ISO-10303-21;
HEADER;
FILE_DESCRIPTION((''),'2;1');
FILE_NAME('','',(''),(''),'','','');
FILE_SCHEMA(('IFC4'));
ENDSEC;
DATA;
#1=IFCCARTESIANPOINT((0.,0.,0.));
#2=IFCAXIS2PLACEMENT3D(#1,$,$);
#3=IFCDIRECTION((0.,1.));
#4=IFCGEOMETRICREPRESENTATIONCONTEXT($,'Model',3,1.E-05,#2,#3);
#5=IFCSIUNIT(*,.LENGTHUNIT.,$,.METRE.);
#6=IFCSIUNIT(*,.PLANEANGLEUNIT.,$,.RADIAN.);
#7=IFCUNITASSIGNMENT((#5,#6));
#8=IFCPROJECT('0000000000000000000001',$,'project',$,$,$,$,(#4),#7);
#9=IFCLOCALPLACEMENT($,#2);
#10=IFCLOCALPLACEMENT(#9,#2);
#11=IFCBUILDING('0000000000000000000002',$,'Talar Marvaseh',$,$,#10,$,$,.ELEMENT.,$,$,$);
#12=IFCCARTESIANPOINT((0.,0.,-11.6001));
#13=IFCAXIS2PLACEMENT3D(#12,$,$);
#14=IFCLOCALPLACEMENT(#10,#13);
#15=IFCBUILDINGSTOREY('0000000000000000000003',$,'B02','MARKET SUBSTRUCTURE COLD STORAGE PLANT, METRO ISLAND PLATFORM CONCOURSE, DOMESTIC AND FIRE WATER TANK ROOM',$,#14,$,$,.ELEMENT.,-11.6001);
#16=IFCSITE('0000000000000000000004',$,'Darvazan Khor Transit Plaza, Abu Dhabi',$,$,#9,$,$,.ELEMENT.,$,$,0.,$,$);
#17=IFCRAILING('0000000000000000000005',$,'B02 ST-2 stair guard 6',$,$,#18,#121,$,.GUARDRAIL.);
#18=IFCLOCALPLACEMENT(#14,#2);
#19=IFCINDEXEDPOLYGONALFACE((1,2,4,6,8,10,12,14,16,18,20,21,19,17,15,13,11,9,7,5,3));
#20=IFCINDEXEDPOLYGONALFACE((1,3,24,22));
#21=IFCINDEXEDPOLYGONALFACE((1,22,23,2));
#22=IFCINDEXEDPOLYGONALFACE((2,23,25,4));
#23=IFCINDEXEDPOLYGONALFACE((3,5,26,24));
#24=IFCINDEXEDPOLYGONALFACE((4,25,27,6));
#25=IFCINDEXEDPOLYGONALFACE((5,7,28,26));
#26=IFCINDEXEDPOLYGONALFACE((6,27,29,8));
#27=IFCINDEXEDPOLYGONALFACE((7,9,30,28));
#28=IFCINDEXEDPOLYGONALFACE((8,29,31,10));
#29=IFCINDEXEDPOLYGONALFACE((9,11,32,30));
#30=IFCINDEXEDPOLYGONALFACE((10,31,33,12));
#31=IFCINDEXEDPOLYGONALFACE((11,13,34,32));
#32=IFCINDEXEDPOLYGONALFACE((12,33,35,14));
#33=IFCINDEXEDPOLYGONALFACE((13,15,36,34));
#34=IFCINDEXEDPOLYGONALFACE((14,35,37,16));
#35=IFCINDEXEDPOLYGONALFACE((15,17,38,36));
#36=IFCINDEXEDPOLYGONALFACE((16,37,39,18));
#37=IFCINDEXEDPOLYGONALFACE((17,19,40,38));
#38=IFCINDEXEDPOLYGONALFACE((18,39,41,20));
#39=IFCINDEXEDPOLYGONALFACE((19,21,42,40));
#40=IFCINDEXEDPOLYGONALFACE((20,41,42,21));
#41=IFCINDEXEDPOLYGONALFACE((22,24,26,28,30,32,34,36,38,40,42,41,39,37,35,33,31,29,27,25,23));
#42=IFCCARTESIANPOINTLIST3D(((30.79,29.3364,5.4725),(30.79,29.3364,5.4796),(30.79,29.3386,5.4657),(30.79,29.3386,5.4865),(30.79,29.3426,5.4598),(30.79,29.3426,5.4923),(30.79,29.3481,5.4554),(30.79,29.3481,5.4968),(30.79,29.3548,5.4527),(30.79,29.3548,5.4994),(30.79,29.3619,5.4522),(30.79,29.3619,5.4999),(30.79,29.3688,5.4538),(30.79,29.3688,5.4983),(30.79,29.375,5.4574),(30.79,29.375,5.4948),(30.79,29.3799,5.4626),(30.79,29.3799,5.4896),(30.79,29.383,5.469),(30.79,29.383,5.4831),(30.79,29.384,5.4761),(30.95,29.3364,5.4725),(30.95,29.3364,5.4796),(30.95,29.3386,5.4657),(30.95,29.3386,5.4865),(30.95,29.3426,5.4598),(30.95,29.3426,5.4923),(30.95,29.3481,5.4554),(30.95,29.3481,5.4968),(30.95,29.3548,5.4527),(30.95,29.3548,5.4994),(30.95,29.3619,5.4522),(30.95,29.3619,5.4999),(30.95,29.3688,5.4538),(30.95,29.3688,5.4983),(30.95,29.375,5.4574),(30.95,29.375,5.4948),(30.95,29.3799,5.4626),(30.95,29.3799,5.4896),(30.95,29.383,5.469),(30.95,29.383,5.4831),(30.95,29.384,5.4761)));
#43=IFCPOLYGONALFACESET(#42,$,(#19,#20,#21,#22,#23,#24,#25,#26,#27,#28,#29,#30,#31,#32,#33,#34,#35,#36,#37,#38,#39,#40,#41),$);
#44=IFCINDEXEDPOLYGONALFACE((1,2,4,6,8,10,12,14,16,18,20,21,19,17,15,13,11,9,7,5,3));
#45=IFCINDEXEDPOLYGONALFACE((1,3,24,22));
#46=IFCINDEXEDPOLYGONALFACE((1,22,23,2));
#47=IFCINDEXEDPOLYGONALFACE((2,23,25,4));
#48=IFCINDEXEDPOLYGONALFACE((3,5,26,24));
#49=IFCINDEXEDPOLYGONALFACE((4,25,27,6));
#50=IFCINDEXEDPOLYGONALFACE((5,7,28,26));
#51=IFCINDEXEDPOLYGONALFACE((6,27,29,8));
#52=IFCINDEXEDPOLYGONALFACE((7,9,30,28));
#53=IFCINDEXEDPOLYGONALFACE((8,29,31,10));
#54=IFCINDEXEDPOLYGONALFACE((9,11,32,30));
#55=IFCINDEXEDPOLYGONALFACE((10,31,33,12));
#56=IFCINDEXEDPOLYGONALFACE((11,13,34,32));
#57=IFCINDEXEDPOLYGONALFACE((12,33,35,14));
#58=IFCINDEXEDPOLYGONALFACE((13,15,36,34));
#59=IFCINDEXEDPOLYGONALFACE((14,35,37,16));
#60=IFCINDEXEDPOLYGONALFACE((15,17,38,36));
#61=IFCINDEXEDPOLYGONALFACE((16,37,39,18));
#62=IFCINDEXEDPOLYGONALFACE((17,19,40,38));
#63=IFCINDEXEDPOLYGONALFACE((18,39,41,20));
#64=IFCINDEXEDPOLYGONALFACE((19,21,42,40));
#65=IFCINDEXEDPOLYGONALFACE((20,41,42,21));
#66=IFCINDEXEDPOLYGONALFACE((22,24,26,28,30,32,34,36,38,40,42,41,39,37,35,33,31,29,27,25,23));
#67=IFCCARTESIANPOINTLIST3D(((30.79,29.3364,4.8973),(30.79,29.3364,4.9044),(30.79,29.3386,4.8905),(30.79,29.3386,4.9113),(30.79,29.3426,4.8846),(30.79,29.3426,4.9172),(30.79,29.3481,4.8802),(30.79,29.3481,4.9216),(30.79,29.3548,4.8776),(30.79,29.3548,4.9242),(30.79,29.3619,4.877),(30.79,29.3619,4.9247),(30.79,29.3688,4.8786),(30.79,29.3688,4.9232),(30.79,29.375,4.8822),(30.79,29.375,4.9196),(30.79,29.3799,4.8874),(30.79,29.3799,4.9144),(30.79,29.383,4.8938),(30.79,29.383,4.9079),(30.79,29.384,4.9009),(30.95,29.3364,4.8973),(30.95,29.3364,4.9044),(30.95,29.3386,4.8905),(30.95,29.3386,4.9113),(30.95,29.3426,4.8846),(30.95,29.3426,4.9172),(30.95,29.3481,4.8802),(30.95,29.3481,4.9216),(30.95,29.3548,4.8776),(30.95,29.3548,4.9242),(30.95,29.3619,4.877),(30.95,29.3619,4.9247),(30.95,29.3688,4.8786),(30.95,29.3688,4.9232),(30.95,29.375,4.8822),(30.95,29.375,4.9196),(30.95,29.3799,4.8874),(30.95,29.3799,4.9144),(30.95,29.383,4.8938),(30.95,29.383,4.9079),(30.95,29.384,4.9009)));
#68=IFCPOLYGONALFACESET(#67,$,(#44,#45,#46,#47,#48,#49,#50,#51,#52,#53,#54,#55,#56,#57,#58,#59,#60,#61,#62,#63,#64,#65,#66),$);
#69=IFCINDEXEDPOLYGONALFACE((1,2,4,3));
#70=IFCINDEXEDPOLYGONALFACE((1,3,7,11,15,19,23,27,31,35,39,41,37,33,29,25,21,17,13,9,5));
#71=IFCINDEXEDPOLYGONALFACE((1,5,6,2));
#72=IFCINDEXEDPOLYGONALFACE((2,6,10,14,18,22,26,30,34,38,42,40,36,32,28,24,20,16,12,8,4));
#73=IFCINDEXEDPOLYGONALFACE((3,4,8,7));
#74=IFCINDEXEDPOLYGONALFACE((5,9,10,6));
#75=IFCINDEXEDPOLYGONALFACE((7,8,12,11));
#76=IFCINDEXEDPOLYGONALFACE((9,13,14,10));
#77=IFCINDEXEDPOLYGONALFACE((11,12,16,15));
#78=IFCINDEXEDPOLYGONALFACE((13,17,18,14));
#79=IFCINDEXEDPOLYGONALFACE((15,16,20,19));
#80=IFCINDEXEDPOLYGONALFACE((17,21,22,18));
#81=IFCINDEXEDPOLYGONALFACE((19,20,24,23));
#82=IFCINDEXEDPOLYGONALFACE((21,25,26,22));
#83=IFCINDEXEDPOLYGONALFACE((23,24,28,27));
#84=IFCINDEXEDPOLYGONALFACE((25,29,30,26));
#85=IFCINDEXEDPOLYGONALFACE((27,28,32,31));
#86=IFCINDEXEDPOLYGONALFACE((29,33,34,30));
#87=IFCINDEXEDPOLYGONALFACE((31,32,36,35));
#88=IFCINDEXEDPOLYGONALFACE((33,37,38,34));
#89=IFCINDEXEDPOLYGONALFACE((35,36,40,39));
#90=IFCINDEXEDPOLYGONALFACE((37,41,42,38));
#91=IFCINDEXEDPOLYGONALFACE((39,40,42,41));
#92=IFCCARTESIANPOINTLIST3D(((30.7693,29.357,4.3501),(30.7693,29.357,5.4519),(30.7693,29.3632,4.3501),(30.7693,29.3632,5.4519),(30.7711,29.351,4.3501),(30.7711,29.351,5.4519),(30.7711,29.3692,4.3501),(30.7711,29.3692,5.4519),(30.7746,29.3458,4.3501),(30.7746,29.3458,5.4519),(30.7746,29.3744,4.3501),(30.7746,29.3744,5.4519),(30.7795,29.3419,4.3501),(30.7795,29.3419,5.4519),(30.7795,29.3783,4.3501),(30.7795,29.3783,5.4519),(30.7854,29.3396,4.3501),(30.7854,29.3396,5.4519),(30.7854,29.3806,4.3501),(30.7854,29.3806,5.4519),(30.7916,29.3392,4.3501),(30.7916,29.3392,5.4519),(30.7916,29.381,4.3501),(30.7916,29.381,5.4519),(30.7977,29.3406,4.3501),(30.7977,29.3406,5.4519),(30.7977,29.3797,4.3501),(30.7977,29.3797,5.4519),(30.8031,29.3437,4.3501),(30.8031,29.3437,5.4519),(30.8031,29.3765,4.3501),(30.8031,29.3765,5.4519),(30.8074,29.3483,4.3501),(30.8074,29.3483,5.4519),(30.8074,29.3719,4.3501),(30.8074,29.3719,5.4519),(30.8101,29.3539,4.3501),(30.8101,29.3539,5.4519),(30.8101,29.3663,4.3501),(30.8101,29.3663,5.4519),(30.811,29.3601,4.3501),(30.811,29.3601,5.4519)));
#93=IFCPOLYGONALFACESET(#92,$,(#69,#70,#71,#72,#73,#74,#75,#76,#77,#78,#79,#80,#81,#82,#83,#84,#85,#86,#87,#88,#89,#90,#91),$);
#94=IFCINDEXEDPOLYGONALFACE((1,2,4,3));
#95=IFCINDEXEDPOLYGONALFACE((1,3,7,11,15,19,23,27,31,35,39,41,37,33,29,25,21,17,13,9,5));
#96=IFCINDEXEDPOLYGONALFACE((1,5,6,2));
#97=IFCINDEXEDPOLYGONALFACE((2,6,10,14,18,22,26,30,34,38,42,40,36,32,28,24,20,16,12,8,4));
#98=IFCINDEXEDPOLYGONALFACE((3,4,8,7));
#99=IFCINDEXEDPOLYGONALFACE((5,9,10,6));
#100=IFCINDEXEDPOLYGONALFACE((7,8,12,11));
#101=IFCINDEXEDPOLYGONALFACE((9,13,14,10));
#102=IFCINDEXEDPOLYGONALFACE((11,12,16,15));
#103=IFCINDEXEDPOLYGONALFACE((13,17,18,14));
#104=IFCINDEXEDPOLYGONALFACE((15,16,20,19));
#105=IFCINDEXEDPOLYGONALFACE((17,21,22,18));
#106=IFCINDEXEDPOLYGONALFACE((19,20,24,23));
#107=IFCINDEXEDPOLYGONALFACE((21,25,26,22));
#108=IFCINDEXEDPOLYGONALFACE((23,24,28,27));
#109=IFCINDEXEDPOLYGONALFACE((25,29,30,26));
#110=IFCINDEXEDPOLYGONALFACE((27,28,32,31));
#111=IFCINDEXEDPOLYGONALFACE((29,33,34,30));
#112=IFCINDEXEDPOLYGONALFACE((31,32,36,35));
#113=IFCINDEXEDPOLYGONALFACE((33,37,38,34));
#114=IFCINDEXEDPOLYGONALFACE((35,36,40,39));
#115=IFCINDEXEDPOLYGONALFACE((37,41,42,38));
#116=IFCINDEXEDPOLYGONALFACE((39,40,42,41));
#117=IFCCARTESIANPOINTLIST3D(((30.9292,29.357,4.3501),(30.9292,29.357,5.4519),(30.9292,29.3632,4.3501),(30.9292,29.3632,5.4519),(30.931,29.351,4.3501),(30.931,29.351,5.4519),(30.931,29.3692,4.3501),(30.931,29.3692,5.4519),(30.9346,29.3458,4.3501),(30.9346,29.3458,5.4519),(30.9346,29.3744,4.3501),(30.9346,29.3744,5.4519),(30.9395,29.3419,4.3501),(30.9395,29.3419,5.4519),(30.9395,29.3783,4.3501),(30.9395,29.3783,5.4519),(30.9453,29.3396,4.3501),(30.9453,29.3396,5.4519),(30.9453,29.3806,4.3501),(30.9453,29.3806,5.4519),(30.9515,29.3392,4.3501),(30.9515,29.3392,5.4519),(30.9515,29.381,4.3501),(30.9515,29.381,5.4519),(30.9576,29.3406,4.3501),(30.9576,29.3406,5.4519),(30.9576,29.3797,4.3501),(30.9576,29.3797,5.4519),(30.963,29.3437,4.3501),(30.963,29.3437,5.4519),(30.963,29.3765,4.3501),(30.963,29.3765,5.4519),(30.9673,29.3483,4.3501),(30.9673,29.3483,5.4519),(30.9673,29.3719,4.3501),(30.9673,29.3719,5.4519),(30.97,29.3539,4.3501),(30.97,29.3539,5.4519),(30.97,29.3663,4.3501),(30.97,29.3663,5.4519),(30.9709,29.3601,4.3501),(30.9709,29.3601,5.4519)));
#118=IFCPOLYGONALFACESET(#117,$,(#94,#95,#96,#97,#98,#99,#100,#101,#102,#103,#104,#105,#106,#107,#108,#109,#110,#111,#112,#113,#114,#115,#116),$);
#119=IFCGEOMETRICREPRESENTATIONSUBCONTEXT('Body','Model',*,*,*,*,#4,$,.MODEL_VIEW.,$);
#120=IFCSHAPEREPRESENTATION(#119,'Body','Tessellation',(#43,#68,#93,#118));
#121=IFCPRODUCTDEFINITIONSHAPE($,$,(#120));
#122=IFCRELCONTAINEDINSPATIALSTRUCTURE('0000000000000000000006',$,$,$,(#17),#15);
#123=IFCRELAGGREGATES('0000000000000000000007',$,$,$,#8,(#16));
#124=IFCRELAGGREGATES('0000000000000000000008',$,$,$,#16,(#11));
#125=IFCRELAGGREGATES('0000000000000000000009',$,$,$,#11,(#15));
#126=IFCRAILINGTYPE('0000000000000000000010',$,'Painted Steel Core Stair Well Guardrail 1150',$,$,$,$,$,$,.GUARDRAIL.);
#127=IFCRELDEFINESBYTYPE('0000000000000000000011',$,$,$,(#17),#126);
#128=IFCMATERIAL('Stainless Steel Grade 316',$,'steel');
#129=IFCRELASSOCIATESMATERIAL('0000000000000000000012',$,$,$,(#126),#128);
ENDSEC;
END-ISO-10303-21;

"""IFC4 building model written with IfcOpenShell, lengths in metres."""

from ifc_helpers import new_model, si_unit, direction, frame, origin, origin_2d, place, context, subcontext, project, spatial, circle, extrude, material, type_object, element, save


model = new_model("IFC4")

# Units and contexts
model_context = context("Model", 3, precision=1e-05, world=origin(), true_north=direction((0.0, 1.0)))
body_context = subcontext(model_context, "Body", "Model", "MODEL_VIEW")
ifc_project = project(units=[si_unit("LENGTHUNIT", "METRE"), si_unit("PLANEANGLEUNIT", "RADIAN")], contexts=[model_context])

# Site, building, storey
site_placement = place(None, origin())
site = spatial("IfcSite", under=ifc_project, at=site_placement, Name="Darvazan Khor Transit Plaza, Abu Dhabi", CompositionType="ELEMENT", RefElevation=0.0)
building_placement = place(site_placement, origin())
building = spatial("IfcBuilding", under=site, at=building_placement, Name="Talar Marvaseh", CompositionType="ELEMENT")
storey_placement = place(building_placement, frame((0.0, 0.0, -11.6001)))
storey = spatial("IfcBuildingStorey", under=building, at=storey_placement, Name="B02", Description="MARKET SUBSTRUCTURE COLD STORAGE PLANT, METRO ISLAND PLATFORM CONCOURSE, DOMESTIC AND FIRE WATER TANK ROOM", CompositionType="ELEMENT", Elevation=-11.6001)

# Railing
ifc_material_1 = material(Name="Stainless Steel Grade 316", Category="steel")
railing_type_1 = type_object("IfcRailingType", Name="Painted Steel Core Stair Well Guardrail 1150", PredefinedType="GUARDRAIL", material=ifc_material_1)
railing_1_placement = place(storey_placement, frame((30.79, 29.3601, 4.3501)))
element("IfcRailing", 1, at=railing_1_placement, inside=storey, type_object=railing_type_1, Name="B02 ST-2 stair guard 6", PredefinedType="GUARDRAIL", context=body_context, shape_type="SweptSolid", body=[
    extrude(circle(Radius=0.0239, at=origin_2d()), frame((0.0, 0.0, 1.126), z_axis=(1.0, 0.0, 0.0), x_axis=(0.0, 1.0, 0.0)), (0.0, 0.0, 1.0), 0.1599),
    extrude(circle(Radius=0.0239, at=origin_2d()), frame((0.0, 0.0, 0.5508), z_axis=(1.0, 0.0, 0.0), x_axis=(0.0, 1.0, 0.0)), (0.0, 0.0, 1.0), 0.1599),
    extrude(circle(Radius=0.021, at=origin_2d()), origin(), (0.0, 0.0, 1.0), 1.1018),
    extrude(circle(Radius=0.021, at=origin_2d()), frame((0.1599, 0.0, 0.0)), (0.0, 0.0, 1.0), 1.1018),
])

save(model, "model.ifc")
